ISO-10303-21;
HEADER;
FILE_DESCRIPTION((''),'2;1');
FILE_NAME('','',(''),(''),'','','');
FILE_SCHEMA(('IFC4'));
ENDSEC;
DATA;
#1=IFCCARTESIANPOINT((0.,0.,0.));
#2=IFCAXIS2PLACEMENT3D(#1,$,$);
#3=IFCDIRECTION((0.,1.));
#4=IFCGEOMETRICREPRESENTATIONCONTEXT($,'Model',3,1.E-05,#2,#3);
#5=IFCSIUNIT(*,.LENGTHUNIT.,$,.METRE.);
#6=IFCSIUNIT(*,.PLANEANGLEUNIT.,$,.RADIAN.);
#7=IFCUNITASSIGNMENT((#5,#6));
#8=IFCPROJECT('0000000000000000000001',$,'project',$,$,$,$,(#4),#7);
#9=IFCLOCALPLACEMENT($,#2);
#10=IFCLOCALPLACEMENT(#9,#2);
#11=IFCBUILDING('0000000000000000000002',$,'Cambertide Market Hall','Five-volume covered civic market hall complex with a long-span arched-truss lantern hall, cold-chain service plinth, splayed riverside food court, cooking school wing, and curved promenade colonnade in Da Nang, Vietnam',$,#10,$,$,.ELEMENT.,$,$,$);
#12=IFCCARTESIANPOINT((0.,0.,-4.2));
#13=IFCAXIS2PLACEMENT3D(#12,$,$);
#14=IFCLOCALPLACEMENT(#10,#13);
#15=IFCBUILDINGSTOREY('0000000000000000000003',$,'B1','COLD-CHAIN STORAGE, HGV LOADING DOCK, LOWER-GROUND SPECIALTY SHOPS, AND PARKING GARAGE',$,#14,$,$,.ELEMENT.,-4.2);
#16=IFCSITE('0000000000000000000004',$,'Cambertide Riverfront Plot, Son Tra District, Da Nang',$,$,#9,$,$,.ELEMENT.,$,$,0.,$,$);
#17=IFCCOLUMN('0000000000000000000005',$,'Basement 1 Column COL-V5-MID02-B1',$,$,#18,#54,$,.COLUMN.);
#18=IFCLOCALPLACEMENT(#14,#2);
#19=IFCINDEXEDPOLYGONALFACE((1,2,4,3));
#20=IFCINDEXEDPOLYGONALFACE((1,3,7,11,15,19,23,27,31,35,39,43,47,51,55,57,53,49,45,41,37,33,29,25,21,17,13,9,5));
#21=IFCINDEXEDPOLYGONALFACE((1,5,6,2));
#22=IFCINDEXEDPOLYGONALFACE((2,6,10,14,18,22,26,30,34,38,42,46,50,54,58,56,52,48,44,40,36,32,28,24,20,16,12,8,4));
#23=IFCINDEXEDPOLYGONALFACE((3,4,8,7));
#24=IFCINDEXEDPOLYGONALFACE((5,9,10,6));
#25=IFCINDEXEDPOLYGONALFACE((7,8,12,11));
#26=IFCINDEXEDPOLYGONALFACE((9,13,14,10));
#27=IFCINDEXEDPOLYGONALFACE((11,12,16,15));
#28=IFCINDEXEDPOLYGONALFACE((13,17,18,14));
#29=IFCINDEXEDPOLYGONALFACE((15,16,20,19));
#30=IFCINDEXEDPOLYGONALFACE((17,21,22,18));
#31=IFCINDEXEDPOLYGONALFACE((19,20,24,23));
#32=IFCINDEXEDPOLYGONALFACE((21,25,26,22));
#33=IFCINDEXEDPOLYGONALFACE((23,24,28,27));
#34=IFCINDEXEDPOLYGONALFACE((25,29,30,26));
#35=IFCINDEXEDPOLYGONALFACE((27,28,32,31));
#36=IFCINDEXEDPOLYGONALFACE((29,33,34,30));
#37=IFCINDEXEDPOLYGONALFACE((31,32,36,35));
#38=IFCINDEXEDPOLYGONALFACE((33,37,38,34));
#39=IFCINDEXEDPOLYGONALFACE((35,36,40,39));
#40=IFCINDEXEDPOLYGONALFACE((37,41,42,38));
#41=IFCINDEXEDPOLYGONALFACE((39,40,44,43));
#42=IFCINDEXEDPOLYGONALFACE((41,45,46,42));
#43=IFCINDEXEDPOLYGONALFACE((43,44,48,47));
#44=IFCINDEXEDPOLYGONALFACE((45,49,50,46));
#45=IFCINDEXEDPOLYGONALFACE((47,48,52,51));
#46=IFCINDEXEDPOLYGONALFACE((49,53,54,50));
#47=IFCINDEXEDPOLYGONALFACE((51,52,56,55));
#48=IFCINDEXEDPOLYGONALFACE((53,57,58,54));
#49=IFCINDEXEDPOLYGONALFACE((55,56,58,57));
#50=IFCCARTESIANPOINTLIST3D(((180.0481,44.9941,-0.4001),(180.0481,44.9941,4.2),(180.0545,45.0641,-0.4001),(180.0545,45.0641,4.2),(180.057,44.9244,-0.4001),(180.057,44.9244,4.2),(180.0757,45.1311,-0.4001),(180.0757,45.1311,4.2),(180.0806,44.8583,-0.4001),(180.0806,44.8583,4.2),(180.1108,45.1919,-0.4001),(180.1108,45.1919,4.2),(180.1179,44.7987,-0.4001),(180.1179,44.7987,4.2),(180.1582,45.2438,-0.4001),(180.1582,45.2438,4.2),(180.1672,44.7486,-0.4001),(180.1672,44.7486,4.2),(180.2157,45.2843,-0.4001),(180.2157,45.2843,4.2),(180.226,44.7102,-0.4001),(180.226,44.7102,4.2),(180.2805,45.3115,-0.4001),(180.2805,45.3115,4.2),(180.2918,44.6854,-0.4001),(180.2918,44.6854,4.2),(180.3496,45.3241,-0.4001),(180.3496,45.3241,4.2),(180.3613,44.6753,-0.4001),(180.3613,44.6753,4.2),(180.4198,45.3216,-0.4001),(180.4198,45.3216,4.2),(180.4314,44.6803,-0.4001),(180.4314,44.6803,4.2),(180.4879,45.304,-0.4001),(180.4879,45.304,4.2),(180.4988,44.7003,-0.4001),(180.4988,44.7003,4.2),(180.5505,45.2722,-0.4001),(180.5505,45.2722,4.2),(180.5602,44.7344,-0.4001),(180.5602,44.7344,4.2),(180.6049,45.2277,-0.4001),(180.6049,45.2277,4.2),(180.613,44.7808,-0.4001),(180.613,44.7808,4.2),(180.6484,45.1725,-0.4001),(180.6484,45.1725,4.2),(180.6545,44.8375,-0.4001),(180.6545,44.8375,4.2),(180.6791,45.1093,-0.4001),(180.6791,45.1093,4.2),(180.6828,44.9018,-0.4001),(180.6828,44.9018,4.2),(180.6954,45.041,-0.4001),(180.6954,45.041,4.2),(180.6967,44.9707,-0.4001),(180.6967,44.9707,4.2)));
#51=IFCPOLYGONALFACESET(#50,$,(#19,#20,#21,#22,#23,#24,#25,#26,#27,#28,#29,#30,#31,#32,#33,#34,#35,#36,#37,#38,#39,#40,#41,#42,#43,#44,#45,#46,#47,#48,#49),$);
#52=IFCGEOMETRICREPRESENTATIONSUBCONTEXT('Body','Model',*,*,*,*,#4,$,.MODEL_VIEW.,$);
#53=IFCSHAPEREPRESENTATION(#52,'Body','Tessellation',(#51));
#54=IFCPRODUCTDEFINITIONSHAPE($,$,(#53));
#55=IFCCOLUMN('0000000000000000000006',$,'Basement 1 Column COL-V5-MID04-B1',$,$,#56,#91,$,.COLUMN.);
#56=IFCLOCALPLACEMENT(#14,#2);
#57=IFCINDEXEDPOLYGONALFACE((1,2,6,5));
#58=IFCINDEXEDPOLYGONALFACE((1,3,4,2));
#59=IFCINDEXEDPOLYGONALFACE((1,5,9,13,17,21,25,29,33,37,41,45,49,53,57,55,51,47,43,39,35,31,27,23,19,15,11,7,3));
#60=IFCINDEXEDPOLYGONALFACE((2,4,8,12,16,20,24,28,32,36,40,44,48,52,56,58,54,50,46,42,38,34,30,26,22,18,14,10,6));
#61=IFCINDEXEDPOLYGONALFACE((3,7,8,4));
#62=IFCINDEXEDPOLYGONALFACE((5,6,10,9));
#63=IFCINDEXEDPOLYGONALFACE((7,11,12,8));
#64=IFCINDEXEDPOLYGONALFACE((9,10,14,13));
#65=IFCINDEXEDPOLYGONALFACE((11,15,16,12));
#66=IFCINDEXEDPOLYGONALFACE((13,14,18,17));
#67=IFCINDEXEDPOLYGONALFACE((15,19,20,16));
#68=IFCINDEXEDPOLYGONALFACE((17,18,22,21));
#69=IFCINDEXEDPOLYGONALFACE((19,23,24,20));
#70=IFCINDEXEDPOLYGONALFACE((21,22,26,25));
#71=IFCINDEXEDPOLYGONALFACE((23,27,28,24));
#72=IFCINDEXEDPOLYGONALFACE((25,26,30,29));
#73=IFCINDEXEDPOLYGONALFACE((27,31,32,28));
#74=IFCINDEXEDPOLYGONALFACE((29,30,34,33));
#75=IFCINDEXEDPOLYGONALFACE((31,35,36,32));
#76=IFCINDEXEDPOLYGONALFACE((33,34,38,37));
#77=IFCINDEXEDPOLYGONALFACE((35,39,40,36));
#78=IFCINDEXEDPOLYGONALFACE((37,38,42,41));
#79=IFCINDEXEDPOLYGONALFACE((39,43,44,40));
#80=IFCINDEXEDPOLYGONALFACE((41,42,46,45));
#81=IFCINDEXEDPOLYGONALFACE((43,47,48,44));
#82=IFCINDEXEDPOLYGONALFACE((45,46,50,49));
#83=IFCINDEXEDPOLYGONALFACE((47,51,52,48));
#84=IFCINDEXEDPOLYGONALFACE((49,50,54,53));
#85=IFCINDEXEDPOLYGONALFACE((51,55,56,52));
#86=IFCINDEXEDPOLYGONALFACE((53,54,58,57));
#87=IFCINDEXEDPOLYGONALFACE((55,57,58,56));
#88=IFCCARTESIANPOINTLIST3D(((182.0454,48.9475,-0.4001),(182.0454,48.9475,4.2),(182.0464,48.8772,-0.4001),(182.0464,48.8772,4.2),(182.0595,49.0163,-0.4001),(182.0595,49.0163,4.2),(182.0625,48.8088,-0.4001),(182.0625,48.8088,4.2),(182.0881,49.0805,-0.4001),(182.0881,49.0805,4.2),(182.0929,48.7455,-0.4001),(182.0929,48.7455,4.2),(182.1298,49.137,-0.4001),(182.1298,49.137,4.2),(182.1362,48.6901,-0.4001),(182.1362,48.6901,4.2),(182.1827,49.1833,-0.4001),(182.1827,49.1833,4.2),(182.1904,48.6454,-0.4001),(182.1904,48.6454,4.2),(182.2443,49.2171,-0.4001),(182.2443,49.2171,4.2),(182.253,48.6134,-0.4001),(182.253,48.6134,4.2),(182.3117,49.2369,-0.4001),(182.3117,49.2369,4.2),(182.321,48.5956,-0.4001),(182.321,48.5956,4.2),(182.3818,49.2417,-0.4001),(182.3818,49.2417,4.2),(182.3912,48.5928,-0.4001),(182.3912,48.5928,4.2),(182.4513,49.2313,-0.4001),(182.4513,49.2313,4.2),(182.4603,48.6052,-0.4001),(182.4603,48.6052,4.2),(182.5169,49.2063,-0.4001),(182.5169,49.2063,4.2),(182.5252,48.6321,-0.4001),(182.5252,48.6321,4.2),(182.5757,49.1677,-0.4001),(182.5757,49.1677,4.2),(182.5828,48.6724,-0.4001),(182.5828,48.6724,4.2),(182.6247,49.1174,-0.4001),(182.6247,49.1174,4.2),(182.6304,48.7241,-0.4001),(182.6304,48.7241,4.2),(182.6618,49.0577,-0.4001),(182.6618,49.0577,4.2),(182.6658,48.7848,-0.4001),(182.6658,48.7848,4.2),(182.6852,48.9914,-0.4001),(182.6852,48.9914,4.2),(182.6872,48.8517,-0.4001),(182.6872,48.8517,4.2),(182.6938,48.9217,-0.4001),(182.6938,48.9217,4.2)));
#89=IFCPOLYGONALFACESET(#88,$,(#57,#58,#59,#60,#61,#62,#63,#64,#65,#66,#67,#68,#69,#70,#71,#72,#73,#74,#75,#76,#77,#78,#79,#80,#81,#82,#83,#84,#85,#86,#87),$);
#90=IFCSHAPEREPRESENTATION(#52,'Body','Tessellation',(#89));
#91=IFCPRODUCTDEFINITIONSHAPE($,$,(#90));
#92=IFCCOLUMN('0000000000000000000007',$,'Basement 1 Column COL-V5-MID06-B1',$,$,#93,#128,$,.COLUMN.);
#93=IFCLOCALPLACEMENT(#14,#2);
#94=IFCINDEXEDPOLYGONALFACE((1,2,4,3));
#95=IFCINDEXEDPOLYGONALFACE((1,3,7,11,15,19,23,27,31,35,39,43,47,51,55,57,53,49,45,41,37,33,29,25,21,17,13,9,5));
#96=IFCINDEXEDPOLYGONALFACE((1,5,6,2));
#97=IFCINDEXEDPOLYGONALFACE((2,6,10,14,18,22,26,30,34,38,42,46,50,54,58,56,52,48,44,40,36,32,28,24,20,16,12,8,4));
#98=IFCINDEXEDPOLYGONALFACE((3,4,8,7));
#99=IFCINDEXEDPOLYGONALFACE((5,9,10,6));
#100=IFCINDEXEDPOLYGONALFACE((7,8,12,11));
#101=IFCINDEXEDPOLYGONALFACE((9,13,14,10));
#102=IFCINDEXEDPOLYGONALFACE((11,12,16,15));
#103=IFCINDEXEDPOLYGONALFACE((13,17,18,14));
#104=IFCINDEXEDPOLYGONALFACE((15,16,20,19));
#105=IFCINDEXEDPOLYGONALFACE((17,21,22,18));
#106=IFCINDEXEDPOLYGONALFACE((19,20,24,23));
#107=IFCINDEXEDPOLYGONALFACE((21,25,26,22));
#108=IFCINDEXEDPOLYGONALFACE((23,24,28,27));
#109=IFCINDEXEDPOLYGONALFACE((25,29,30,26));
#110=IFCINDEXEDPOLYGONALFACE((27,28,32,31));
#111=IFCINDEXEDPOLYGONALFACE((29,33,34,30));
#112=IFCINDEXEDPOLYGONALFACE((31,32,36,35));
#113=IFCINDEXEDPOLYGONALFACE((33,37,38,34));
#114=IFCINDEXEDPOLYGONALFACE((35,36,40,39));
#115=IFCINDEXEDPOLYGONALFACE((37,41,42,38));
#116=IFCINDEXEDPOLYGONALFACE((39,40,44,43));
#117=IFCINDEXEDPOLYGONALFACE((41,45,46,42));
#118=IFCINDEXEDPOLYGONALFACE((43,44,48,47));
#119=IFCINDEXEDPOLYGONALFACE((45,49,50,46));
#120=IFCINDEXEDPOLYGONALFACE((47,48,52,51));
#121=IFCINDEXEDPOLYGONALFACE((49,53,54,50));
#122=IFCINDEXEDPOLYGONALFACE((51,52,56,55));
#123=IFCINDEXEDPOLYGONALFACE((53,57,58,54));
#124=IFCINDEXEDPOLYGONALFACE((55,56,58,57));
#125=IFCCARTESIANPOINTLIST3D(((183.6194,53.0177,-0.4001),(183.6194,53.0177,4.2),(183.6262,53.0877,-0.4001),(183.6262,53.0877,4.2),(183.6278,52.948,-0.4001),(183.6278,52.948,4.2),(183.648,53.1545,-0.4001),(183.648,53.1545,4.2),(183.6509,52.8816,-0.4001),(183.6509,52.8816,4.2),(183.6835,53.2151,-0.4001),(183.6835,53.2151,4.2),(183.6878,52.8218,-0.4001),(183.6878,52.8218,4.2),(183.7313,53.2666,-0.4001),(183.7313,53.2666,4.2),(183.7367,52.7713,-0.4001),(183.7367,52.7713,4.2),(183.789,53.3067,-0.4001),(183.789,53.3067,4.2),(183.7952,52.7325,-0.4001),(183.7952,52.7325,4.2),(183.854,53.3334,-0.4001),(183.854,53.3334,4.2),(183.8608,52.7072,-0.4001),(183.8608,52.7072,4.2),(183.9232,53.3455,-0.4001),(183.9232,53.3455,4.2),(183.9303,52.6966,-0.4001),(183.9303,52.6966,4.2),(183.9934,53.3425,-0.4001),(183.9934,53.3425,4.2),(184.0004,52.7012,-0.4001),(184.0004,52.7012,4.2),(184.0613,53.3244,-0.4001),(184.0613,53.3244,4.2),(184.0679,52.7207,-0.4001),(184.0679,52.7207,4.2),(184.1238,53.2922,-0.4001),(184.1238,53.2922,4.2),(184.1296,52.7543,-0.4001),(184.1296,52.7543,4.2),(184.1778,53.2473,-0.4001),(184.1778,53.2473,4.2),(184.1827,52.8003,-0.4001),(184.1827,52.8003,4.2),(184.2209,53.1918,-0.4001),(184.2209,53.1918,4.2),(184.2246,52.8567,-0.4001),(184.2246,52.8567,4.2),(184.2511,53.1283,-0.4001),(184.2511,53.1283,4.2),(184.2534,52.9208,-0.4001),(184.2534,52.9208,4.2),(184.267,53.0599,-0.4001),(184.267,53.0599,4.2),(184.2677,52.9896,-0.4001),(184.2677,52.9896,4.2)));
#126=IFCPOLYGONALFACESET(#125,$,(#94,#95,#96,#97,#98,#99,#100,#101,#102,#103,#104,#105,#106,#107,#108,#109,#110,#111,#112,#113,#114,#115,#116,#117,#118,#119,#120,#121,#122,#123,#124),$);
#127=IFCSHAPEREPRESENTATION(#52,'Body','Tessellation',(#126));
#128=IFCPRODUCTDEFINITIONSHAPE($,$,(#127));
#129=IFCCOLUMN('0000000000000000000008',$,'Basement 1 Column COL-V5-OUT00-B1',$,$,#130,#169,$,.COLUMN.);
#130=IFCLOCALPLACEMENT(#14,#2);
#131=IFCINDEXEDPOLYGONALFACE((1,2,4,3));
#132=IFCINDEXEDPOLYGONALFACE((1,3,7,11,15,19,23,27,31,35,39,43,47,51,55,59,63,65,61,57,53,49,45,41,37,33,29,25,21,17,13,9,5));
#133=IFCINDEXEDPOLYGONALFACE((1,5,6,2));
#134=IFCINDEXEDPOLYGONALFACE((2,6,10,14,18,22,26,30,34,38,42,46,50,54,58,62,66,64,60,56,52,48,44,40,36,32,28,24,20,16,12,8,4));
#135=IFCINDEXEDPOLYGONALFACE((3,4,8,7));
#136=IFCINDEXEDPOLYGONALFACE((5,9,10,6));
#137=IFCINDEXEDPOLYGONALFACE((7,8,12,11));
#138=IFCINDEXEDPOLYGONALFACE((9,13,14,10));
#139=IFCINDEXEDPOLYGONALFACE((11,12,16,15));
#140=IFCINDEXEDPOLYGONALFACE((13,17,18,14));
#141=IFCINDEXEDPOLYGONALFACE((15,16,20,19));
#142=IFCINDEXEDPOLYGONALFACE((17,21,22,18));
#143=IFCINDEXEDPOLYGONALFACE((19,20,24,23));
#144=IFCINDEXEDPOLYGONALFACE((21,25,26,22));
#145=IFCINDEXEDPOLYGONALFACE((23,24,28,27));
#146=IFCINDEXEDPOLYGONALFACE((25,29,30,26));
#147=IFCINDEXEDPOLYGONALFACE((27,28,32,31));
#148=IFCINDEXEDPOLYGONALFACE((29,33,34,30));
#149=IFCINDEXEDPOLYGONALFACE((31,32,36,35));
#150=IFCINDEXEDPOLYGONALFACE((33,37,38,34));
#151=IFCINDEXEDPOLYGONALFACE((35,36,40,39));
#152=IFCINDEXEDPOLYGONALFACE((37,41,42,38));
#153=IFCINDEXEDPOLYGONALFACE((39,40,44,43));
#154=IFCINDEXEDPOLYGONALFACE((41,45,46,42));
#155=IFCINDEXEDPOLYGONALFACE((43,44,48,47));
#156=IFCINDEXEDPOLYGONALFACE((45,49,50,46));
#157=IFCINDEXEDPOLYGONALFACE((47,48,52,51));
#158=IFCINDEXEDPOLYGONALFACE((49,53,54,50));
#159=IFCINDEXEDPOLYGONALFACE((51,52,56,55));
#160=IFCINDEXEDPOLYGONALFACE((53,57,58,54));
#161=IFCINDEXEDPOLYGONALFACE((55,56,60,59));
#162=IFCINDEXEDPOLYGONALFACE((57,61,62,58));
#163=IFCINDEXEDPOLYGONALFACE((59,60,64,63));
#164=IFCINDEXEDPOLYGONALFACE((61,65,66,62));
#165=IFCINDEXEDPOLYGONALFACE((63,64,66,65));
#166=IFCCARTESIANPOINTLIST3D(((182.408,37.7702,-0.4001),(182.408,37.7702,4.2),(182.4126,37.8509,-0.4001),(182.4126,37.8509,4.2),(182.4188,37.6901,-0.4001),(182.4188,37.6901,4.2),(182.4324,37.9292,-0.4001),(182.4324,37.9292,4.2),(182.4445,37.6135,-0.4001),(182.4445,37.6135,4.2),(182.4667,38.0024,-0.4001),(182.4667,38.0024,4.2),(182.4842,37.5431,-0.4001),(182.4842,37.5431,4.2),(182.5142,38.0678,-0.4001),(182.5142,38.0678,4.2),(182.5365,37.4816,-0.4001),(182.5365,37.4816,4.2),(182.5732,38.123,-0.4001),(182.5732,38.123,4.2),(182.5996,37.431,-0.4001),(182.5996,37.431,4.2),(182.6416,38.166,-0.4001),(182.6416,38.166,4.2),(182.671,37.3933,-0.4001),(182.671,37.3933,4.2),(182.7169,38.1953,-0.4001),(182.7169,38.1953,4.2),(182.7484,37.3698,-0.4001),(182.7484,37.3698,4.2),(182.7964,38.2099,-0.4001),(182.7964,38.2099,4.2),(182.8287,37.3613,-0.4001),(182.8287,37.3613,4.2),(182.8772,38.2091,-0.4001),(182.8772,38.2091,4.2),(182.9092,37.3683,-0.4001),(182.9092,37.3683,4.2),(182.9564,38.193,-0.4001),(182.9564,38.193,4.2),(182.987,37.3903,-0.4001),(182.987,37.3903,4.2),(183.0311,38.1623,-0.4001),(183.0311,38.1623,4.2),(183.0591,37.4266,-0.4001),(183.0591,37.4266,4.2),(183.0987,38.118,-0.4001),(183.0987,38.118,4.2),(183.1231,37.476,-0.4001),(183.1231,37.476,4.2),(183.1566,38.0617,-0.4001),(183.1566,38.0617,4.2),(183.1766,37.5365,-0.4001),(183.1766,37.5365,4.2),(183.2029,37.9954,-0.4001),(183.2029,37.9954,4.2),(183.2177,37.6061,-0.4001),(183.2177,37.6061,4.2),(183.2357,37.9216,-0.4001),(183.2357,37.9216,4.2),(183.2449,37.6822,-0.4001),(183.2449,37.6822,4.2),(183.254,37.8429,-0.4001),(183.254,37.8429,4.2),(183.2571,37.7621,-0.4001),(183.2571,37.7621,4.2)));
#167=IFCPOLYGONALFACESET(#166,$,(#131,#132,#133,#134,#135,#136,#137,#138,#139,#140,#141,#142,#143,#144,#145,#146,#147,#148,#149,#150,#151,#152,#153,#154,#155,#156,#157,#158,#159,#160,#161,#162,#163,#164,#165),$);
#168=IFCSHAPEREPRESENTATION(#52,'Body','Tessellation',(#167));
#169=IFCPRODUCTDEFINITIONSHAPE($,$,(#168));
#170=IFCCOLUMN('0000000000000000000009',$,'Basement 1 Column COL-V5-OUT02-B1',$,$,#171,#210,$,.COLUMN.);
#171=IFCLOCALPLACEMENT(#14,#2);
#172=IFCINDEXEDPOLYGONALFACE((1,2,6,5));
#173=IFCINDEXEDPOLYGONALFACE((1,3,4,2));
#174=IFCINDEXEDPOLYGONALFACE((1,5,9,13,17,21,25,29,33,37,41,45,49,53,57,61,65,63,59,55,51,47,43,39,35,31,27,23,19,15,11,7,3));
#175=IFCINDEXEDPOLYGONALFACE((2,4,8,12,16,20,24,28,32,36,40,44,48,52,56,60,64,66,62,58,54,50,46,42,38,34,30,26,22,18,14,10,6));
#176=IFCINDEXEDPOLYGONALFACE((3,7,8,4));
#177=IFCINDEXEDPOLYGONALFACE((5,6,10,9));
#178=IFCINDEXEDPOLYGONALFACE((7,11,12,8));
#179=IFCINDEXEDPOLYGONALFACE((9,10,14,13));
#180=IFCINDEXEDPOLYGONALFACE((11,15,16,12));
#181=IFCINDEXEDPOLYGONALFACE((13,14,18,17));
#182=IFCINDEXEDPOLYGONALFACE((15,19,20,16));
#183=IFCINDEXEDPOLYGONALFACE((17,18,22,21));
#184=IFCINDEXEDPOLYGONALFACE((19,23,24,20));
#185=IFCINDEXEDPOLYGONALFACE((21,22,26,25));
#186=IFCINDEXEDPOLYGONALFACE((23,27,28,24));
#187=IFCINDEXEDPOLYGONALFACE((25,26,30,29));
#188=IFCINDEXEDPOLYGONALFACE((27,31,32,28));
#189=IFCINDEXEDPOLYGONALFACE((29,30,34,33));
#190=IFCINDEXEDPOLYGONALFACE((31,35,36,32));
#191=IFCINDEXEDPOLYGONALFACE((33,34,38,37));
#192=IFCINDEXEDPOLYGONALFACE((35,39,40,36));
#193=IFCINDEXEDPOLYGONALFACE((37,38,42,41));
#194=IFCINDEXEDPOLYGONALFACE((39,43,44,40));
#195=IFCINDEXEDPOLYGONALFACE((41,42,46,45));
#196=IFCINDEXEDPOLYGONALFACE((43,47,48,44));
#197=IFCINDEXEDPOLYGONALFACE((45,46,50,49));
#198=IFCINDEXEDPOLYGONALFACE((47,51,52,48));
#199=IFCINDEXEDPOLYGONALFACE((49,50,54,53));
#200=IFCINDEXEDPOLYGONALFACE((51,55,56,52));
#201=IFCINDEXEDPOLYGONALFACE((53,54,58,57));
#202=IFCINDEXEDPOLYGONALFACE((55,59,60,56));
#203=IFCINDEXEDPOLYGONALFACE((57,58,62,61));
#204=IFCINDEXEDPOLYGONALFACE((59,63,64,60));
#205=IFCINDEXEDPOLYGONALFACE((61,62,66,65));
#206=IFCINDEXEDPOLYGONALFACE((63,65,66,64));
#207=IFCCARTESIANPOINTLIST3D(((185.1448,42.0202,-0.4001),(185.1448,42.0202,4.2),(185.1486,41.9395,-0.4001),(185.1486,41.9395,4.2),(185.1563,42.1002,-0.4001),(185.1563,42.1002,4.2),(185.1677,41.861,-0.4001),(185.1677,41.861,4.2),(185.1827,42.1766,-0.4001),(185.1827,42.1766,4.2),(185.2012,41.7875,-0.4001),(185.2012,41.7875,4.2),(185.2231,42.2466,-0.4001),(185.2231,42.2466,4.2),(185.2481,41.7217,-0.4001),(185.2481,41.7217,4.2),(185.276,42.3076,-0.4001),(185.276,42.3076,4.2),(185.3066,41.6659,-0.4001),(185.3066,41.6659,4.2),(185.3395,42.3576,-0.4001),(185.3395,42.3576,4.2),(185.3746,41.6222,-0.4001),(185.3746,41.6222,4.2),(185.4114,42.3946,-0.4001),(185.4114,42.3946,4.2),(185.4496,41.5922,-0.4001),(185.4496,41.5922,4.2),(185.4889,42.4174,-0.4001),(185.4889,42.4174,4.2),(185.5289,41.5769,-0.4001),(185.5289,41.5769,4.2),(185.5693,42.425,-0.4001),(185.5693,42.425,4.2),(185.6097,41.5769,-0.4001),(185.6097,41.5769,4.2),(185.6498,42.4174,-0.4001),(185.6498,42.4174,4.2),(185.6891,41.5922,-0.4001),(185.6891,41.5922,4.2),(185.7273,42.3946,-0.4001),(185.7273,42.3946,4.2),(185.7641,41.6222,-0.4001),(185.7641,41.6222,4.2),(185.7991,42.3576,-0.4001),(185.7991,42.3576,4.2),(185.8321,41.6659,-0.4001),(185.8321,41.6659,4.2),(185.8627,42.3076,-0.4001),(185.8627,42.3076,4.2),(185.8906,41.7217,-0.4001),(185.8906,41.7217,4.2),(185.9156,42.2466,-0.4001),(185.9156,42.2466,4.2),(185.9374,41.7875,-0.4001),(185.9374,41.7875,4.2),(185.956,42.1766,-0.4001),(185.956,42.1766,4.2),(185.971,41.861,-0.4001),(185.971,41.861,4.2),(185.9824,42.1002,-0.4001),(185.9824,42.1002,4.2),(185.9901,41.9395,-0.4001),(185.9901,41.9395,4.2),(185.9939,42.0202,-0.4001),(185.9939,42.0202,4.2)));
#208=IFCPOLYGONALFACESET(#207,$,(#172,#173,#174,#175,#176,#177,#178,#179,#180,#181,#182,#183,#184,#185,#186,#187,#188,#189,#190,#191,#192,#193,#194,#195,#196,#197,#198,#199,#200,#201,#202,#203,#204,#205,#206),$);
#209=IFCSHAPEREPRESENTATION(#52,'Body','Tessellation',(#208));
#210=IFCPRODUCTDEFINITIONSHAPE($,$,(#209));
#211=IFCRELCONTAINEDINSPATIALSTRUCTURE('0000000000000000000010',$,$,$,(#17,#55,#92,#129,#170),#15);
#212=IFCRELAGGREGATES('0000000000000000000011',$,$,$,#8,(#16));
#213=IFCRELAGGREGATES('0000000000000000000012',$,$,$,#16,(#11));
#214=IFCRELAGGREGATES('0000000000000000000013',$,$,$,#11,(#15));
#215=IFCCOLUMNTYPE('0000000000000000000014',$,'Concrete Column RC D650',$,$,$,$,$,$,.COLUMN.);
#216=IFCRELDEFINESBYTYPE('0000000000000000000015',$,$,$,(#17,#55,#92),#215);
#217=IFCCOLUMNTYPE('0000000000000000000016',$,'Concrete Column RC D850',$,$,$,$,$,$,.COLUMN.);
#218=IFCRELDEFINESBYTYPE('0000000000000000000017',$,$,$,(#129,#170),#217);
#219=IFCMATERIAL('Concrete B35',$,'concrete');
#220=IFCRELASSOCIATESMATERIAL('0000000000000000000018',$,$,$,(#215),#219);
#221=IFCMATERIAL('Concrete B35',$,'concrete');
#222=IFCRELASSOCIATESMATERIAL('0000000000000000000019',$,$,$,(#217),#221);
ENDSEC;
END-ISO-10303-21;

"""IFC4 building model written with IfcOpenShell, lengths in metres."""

from ifc_helpers import new_model, si_unit, direction, frame, origin, origin_2d, place, context, subcontext, project, spatial, circle, extrude, material, material_profile, profile_set, type_object, element, save


model = new_model("IFC4")

# Units and contexts
model_context = context("Model", 3, precision=1e-05, world=origin(), true_north=direction((0.0, 1.0)))
body_context = subcontext(model_context, "Body", "Model", "MODEL_VIEW")
ifc_project = project(units=[si_unit("LENGTHUNIT", "METRE"), si_unit("PLANEANGLEUNIT", "RADIAN")], contexts=[model_context])

# Site, building, storey
site_placement = place(None, origin())
site = spatial("IfcSite", under=ifc_project, at=site_placement, Name="Cambertide Riverfront Plot, Son Tra District, Da Nang", CompositionType="ELEMENT", RefElevation=0.0)
building_placement = place(site_placement, origin())
building = spatial("IfcBuilding", under=site, at=building_placement, Name="Cambertide Market Hall", Description="Five-volume covered civic market hall complex with a long-span arched-truss lantern hall, cold-chain service plinth, splayed riverside food court, cooking school wing, and curved promenade colonnade in Da Nang, Vietnam", CompositionType="ELEMENT")
storey_placement = place(building_placement, frame((0.0, 0.0, -4.2)))
storey = spatial("IfcBuildingStorey", under=building, at=storey_placement, Name="B1", Description="COLD-CHAIN STORAGE, HGV LOADING DOCK, LOWER-GROUND SPECIALTY SHOPS, AND PARKING GARAGE", CompositionType="ELEMENT", Elevation=-4.2)

# Columns
ifc_material_1 = material(Name="Concrete B35", Category="concrete")
ifc_material_profile_1 = material_profile(ifc_material_1, circle(Radius=0.325, at=origin_2d()), Name="RC D650")
ifc_profile_set_1 = profile_set([ifc_material_profile_1], Name="Concrete B35")
column_type_1 = type_object("IfcColumnType", Name="Concrete Column RC D650", PredefinedType="COLUMN", material=ifc_profile_set_1)
for number, where, z_axis, x_axis, name in (
    (1, (180.373, 45.0, -0.4001), (0.0, 0.0, 1.0), (0.866025, -0.5, 0.0), "Basement 1 Column COL-V5-MID02-B1"),
    (2, (182.3689, 48.917, -0.4001), (0.0, 0.0, 1.0), (0.913545, -0.406737, 0.0), "Basement 1 Column COL-V5-MID04-B1"),
    (3, (183.9443, 53.0212, -0.4001), (0.0, 0.0, 1.0), (0.951057, -0.309017, 0.0), "Basement 1 Column COL-V5-MID06-B1"),
):
    element("IfcColumn", number, at=place(storey_placement, frame(where, z_axis=z_axis, x_axis=x_axis)), inside=storey, type_object=column_type_1, Name=name, PredefinedType="COLUMN", context=body_context, shape_type="SweptSolid", body=[
        extrude(circle(Radius=0.325, at=origin_2d()), origin(), (0.0, 0.0, 1.0), 4.6001),
    ])
ifc_material_2 = material(Name="Concrete B35", Category="concrete")
ifc_material_profile_2 = material_profile(ifc_material_2, circle(Radius=0.425, at=origin_2d()), Name="RC D850")
ifc_profile_set_2 = profile_set([ifc_material_profile_2], Name="Concrete B35")
column_type_2 = type_object("IfcColumnType", Name="Concrete Column RC D850", PredefinedType="COLUMN", material=ifc_profile_set_2)
for number, where, z_axis, x_axis, name in (
    (4, (182.8328, 37.7864, -0.4001), (0.0, 0.0, 1.0), (0.809017, -0.587785, 0.0), "Basement 1 Column COL-V5-OUT00-B1"),
    (5, (185.5693, 42.0, -0.4001), (0.0, 0.0, 1.0), (0.866025, -0.5, 0.0), "Basement 1 Column COL-V5-OUT02-B1"),
):
    element("IfcColumn", number, at=place(storey_placement, frame(where, z_axis=z_axis, x_axis=x_axis)), inside=storey, type_object=column_type_2, Name=name, PredefinedType="COLUMN", context=body_context, shape_type="SweptSolid", body=[
        extrude(circle(Radius=0.425, at=origin_2d()), origin(), (0.0, 0.0, 1.0), 4.6001),
    ])

save(model, "model.ifc")
